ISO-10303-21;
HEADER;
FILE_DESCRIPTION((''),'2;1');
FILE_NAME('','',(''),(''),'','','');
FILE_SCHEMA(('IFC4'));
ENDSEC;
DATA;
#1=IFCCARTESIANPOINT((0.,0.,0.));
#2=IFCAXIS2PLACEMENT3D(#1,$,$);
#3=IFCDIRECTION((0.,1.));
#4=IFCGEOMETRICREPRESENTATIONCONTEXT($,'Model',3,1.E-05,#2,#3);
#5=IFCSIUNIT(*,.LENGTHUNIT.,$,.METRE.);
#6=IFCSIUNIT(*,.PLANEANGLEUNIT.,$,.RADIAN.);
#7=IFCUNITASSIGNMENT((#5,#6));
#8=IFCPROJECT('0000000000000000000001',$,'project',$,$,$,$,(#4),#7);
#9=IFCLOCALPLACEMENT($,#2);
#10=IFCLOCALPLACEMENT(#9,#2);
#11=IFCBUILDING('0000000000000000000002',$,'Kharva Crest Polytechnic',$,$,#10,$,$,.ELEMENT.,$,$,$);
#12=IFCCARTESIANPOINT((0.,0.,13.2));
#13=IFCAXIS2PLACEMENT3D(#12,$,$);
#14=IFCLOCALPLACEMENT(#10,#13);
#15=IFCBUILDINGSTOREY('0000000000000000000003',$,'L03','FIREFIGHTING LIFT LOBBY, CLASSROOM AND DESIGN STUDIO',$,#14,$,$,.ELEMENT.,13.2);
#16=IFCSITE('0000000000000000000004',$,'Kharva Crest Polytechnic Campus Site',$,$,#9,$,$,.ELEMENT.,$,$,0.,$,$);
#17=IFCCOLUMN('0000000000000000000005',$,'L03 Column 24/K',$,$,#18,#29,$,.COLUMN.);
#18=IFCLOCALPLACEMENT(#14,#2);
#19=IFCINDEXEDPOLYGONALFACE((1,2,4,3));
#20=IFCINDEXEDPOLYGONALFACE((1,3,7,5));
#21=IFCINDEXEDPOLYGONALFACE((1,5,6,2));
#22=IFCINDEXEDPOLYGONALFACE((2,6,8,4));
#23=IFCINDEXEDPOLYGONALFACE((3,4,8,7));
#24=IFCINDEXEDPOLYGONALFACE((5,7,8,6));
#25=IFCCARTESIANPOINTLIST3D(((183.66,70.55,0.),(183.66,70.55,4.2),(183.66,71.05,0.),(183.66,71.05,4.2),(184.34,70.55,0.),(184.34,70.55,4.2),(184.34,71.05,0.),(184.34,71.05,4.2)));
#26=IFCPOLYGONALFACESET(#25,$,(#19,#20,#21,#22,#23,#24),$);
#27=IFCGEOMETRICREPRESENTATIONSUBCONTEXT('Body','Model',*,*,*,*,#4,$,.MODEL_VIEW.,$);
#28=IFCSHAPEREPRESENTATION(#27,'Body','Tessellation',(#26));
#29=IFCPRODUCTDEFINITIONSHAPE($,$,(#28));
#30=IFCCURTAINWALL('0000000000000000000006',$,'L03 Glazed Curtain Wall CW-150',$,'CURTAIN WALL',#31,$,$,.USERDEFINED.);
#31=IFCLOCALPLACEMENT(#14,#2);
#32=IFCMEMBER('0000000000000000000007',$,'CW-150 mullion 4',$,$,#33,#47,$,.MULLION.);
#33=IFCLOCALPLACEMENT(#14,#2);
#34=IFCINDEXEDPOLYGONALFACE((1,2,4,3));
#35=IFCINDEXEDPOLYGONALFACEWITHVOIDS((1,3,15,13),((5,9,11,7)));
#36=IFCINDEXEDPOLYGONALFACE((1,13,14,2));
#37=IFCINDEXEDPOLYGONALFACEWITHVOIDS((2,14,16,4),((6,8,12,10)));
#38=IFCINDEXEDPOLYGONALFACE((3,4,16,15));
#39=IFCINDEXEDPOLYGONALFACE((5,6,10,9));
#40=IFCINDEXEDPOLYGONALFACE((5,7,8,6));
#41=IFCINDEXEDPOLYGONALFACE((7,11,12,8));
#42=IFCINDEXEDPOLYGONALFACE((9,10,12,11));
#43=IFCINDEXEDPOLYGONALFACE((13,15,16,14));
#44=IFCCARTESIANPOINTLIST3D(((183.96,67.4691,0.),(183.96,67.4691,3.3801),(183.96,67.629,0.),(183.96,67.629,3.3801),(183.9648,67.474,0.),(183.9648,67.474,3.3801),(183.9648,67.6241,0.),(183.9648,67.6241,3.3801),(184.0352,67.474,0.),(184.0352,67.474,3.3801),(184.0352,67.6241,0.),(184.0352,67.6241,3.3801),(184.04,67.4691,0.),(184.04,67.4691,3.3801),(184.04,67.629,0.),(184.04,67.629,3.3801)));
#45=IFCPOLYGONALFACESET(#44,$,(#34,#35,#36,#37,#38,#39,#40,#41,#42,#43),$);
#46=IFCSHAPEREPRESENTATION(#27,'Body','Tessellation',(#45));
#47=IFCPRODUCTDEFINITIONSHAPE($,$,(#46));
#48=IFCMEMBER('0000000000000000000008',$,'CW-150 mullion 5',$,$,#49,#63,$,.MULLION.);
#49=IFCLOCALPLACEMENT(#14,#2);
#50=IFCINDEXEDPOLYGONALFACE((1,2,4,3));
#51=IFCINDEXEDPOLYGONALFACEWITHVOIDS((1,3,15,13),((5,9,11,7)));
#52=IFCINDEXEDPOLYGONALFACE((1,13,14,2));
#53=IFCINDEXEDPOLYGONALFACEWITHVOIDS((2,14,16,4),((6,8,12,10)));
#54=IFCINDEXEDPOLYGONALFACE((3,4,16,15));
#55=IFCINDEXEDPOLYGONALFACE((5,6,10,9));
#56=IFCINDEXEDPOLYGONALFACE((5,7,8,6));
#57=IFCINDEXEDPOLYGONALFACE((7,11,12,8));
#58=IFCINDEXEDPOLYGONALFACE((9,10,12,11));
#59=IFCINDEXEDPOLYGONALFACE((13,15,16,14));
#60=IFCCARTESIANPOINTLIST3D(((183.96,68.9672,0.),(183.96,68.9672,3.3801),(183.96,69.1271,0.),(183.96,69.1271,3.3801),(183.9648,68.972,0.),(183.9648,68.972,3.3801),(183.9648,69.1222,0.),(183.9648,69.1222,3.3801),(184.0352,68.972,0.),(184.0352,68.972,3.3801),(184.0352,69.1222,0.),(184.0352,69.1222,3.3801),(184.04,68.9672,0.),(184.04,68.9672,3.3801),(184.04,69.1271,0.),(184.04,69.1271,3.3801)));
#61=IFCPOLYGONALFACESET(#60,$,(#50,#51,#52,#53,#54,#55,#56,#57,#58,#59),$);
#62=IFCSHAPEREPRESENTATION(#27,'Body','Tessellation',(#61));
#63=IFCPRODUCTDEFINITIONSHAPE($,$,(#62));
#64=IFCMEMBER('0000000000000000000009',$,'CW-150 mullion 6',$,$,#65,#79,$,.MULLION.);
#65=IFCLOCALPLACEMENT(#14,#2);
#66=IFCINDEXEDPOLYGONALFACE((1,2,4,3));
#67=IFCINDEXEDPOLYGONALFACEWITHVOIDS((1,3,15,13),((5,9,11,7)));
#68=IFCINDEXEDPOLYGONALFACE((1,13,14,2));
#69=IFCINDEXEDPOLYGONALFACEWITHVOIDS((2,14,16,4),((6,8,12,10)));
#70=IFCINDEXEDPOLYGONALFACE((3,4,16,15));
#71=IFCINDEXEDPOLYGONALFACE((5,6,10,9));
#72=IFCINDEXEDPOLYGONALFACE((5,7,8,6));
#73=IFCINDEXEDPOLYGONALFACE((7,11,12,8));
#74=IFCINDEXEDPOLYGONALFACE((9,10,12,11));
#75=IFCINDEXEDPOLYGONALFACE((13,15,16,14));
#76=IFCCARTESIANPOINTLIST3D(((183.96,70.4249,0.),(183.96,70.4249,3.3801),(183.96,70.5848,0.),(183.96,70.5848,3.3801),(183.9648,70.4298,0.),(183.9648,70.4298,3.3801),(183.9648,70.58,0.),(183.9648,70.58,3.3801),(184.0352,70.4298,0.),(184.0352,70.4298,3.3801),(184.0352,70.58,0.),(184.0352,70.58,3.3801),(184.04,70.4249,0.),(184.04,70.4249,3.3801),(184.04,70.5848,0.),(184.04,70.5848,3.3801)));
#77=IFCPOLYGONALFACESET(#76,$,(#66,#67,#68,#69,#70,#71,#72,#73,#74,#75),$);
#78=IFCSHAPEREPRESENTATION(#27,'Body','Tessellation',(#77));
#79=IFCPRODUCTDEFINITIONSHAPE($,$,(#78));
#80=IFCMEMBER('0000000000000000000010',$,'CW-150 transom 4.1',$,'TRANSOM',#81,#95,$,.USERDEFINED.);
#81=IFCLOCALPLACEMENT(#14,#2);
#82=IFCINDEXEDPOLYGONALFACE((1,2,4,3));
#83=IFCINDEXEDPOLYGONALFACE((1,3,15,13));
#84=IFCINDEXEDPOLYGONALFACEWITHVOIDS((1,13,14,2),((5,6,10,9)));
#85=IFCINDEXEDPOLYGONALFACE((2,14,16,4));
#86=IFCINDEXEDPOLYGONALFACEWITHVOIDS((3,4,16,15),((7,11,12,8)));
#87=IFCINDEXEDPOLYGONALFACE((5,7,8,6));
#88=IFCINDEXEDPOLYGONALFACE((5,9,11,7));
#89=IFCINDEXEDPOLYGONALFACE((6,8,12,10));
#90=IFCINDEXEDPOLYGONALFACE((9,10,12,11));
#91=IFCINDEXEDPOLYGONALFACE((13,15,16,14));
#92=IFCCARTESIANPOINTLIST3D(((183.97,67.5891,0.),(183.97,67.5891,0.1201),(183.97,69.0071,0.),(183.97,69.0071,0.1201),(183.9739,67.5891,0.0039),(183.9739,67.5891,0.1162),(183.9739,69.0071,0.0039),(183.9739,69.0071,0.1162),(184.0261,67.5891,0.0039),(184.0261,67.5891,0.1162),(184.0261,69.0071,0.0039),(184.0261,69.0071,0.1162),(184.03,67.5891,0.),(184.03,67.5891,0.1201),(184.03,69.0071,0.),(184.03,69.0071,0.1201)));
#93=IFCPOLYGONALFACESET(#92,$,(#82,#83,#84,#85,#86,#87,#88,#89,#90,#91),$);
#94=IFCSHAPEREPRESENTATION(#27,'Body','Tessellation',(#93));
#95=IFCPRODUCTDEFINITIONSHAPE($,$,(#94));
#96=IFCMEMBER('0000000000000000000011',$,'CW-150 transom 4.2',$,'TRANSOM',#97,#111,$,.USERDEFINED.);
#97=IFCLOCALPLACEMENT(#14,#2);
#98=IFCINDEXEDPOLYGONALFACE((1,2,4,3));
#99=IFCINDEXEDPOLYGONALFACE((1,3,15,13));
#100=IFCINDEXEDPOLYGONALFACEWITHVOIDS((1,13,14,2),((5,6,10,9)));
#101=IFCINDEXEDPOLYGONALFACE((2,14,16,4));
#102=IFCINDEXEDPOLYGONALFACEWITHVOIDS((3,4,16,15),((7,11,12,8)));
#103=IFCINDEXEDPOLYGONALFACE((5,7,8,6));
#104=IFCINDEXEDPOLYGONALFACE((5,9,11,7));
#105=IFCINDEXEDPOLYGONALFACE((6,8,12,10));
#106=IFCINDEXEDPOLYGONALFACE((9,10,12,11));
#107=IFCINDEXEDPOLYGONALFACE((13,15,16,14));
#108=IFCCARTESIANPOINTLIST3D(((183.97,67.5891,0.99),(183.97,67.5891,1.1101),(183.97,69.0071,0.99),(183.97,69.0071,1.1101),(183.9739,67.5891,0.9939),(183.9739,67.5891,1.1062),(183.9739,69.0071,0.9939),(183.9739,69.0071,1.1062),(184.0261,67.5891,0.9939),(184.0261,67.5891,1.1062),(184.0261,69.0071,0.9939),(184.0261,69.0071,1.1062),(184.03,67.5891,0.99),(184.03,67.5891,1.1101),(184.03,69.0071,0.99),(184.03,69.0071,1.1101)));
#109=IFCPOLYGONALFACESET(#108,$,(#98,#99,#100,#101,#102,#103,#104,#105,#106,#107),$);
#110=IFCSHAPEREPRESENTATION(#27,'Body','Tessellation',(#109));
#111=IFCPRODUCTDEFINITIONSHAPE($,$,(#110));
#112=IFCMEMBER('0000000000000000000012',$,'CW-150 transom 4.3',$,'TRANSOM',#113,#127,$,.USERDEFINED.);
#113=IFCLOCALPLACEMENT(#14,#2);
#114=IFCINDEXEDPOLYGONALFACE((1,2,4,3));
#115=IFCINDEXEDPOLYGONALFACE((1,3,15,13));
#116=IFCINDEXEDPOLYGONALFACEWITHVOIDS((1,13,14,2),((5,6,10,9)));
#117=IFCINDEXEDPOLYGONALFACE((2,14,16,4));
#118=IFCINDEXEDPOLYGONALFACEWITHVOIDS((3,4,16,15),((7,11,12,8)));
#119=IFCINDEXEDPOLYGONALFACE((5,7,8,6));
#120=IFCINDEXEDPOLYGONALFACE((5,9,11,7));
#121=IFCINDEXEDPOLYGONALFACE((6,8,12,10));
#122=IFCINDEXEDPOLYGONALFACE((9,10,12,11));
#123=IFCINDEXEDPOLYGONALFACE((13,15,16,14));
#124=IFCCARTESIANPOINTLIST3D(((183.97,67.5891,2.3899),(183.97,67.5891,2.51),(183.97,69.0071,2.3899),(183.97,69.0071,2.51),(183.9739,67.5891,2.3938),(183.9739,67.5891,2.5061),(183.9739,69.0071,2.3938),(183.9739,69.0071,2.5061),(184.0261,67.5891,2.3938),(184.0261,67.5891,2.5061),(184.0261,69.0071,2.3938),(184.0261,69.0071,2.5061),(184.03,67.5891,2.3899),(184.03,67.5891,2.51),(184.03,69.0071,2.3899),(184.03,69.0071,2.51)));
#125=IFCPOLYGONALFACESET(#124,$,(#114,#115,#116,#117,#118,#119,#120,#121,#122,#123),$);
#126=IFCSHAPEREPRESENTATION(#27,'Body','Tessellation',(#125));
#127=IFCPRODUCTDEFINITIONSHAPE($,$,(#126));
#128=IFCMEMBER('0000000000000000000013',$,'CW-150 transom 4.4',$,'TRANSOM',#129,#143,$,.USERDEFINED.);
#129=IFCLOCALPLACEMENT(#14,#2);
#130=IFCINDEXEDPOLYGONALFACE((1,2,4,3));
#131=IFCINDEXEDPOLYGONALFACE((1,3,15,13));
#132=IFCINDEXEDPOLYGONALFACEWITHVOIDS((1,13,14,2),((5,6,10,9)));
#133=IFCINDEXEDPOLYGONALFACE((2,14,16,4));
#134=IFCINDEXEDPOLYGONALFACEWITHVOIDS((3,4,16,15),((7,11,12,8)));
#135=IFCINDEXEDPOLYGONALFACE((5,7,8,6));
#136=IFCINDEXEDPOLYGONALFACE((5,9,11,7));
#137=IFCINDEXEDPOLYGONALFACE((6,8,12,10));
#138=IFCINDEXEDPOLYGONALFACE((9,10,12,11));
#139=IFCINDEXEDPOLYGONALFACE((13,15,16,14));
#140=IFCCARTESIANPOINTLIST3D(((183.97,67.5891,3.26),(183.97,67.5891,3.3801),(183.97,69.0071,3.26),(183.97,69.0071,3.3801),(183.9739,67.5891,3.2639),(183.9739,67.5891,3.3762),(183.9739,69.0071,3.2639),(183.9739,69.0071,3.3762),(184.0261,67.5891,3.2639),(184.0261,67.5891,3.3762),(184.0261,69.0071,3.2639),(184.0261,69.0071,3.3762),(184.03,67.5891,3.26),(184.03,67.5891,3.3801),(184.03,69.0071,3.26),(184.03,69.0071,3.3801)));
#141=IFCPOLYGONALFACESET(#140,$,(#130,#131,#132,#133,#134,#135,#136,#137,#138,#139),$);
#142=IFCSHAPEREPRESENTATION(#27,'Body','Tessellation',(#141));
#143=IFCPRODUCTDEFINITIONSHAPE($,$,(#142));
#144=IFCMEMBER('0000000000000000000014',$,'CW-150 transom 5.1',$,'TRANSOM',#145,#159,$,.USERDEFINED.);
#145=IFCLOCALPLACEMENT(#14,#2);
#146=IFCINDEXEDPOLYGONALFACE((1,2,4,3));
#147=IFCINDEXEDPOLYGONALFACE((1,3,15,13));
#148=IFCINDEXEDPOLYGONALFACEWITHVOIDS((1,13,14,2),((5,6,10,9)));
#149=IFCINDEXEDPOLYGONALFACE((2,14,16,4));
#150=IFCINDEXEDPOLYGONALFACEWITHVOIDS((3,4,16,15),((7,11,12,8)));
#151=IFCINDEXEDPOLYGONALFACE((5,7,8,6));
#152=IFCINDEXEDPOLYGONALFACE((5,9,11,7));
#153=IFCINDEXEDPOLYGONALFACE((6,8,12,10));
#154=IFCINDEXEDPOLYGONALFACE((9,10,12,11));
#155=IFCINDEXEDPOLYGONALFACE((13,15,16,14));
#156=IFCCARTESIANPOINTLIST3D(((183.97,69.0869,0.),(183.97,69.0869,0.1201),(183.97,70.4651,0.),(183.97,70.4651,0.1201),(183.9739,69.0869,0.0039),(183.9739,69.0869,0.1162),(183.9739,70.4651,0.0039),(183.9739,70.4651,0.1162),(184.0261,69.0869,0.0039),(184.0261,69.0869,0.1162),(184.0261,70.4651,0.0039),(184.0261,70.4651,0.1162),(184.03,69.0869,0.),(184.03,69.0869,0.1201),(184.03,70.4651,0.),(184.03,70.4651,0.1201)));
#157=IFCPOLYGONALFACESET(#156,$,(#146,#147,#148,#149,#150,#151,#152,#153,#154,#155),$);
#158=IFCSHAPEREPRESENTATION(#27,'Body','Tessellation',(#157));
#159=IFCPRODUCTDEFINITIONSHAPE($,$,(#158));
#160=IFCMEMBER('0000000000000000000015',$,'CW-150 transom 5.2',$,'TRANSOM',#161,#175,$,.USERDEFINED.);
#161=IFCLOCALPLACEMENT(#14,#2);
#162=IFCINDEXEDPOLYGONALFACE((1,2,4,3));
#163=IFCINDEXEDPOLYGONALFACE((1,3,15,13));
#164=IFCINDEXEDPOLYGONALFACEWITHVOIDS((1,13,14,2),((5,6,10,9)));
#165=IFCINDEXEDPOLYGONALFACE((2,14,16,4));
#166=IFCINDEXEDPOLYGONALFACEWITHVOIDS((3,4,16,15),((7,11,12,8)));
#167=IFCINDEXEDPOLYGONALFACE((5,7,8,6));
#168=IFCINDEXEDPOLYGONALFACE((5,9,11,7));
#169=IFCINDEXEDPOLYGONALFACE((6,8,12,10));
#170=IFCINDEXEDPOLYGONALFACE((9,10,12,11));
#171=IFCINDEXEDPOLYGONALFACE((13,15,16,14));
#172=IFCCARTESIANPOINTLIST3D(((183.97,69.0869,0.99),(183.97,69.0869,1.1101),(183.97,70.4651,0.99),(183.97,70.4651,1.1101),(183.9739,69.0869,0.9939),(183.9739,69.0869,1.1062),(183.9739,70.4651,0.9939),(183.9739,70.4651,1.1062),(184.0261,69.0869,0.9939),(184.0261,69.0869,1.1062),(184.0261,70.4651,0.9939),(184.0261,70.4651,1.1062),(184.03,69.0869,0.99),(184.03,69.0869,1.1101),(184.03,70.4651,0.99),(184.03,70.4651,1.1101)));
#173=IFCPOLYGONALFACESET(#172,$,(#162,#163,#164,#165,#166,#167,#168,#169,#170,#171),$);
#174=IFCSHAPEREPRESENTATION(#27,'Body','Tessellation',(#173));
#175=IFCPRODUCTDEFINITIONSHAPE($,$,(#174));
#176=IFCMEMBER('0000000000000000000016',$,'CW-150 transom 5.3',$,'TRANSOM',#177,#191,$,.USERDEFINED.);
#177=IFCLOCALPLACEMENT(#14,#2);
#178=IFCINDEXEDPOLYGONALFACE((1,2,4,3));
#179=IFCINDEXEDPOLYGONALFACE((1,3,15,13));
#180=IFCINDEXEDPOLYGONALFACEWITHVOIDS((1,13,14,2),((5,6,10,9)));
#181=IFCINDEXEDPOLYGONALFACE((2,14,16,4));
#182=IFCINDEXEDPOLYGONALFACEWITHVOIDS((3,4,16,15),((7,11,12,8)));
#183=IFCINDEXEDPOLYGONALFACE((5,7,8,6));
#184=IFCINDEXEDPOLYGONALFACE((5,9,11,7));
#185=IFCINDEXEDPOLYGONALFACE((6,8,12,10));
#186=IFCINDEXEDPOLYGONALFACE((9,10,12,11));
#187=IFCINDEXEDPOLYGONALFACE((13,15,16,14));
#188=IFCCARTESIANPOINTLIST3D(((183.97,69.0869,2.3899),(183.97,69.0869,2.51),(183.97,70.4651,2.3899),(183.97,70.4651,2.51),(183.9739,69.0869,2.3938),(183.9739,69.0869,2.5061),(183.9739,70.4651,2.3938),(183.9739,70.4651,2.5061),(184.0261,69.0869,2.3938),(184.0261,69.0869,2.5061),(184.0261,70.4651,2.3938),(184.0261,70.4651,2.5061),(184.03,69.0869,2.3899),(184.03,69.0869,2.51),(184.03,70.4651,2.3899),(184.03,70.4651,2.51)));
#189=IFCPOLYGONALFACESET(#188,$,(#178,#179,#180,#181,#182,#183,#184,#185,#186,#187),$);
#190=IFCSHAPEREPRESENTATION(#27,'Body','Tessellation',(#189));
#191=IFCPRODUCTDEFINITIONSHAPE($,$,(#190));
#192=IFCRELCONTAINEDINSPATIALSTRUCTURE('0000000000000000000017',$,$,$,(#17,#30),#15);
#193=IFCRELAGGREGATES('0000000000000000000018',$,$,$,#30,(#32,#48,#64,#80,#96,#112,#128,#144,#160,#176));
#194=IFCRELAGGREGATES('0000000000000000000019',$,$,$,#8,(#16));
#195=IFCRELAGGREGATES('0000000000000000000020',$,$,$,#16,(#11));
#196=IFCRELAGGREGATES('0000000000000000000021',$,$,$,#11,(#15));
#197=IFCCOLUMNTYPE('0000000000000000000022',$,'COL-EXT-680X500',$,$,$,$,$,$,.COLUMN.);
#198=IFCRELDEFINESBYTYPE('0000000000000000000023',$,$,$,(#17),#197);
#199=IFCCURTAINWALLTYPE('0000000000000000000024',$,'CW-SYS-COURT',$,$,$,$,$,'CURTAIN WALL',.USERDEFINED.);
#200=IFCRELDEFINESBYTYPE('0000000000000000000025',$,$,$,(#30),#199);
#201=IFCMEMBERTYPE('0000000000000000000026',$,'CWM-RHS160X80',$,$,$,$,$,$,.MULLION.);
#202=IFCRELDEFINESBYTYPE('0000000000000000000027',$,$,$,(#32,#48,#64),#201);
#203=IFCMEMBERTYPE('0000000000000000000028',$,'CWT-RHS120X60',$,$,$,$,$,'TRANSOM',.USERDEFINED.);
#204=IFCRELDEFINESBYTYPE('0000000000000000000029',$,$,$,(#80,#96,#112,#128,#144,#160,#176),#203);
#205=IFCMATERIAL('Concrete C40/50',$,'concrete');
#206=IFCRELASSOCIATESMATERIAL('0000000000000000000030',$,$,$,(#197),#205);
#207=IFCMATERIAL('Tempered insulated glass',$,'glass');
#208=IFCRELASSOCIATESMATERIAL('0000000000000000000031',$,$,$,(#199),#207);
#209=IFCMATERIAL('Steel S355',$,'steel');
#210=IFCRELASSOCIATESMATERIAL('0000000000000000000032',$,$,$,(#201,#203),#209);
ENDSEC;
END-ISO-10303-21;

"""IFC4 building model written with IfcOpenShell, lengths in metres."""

from ifc_helpers import new_model, si_unit, direction, frame, origin, origin_2d, place, context, subcontext, project, spatial, rectangle, hollow_rectangle, extrude, material, material_profile, profile_set, type_object, element, aggregate, save


model = new_model("IFC4")

# Units and contexts
model_context = context("Model", 3, precision=1e-05, world=origin(), true_north=direction((0.0, 1.0)))
body_context = subcontext(model_context, "Body", "Model", "MODEL_VIEW")
ifc_project = project(units=[si_unit("LENGTHUNIT", "METRE"), si_unit("PLANEANGLEUNIT", "RADIAN")], contexts=[model_context])

# Site, building, storey
site_placement = place(None, origin())
site = spatial("IfcSite", under=ifc_project, at=site_placement, Name="Kharva Crest Polytechnic Campus Site", CompositionType="ELEMENT", RefElevation=0.0)
building_placement = place(site_placement, origin())
building = spatial("IfcBuilding", under=site, at=building_placement, Name="Kharva Crest Polytechnic", CompositionType="ELEMENT")
storey_placement = place(building_placement, frame((0.0, 0.0, 13.2)))
storey = spatial("IfcBuildingStorey", under=building, at=storey_placement, Name="L03", Description="FIREFIGHTING LIFT LOBBY, CLASSROOM AND DESIGN STUDIO", CompositionType="ELEMENT", Elevation=13.2)

# Column
ifc_material_1 = material(Name="Concrete C40/50", Category="concrete")
ifc_material_profile_1 = material_profile(ifc_material_1, rectangle(XDim=0.6799, YDim=0.5, at=origin_2d()), Name="RECT 680 X 500")
ifc_profile_set_1 = profile_set([ifc_material_profile_1], Name="Concrete C40/50")
column_type = type_object("IfcColumnType", Name="COL-EXT-680X500", PredefinedType="COLUMN", material=ifc_profile_set_1)
column_placement = place(storey_placement, frame((184.0, 70.8, 0.0), z_axis=(0.0, 0.0, 1.0), x_axis=(1.0, 0.0, 0.0)))
element("IfcColumn", 1, at=column_placement, inside=storey, type_object=column_type, Name="L03 Column 24/K", PredefinedType="COLUMN", context=body_context, shape_type="SweptSolid", body=[
    extrude(rectangle(XDim=0.6799, YDim=0.5, at=origin_2d()), origin(), (0.0, 0.0, 1.0), 4.2),
])

# Curtain wall, members
ifc_material_2 = material(Name="Tempered insulated glass", Category="glass")
curtain_wall_type = type_object("IfcCurtainWallType", Name="CW-SYS-COURT", ElementType="CURTAIN WALL", PredefinedType="USERDEFINED", material=ifc_material_2)
curtain_wall_placement = place(storey_placement, origin())
curtain_wall = element("IfcCurtainWall", 2, at=curtain_wall_placement, inside=storey, type_object=curtain_wall_type, Name="L03 Glazed Curtain Wall CW-150", ObjectType="CURTAIN WALL", PredefinedType="USERDEFINED")
ifc_material_3 = material(Name="Steel S355", Category="steel")
ifc_material_profile_2 = material_profile(ifc_material_3, hollow_rectangle(XDim=0.0801, YDim=0.1599, WallThickness=0.0049, at=origin_2d()), Name="RHS 160X80X5.0")
ifc_profile_set_2 = profile_set([ifc_material_profile_2], Name="Steel S355")
member_type_1 = type_object("IfcMemberType", Name="CWM-RHS160X80", PredefinedType="MULLION", material=ifc_profile_set_2)
member_1_placement = place(storey_placement, frame((184.0, 67.5491, 0.0), z_axis=(0.0, 0.0, 1.0), x_axis=(-1.0, 0.0, 0.0)))
member_1 = element("IfcMember", 3, at=member_1_placement, type_object=member_type_1, Name="CW-150 mullion 4", PredefinedType="MULLION", context=body_context, shape_type="SweptSolid", body=[
    extrude(hollow_rectangle(XDim=0.0801, YDim=0.1599, WallThickness=0.0049, at=origin_2d()), origin(), (0.0, 0.0, 1.0), 3.3801),
])
member_2_placement = place(storey_placement, frame((184.0, 69.0471, 0.0), z_axis=(0.0, 0.0, 1.0), x_axis=(-1.0, 0.0, 0.0)))
member_2 = element("IfcMember", 4, at=member_2_placement, type_object=member_type_1, Name="CW-150 mullion 5", PredefinedType="MULLION", context=body_context, shape_type="SweptSolid", body=[
    extrude(hollow_rectangle(XDim=0.0801, YDim=0.1599, WallThickness=0.0049, at=origin_2d()), origin(), (0.0, 0.0, 1.0), 3.3801),
])
member_3_placement = place(storey_placement, frame((184.0, 70.5049, 0.0), z_axis=(0.0, 0.0, 1.0), x_axis=(-1.0, 0.0, 0.0)))
member_3 = element("IfcMember", 5, at=member_3_placement, type_object=member_type_1, Name="CW-150 mullion 6", PredefinedType="MULLION", context=body_context, shape_type="SweptSolid", body=[
    extrude(hollow_rectangle(XDim=0.0801, YDim=0.1599, WallThickness=0.0049, at=origin_2d()), origin(), (0.0, 0.0, 1.0), 3.3801),
])
ifc_material_profile_3 = material_profile(ifc_material_3, hollow_rectangle(XDim=0.0601, YDim=0.1201, WallThickness=0.0039, at=origin_2d()), Name="RHS 120X60X4.0")
ifc_profile_set_3 = profile_set([ifc_material_profile_3], Name="Steel S355")
member_type_2 = type_object("IfcMemberType", Name="CWT-RHS120X60", ElementType="TRANSOM", PredefinedType="USERDEFINED", material=ifc_profile_set_3)
member_4_placement = place(storey_placement, frame((184.0, 67.5891, 0.0601), z_axis=(0.0, 1.0, 0.0), x_axis=(-1.0, 0.0, 0.0)))
member_4 = element("IfcMember", 6, at=member_4_placement, type_object=member_type_2, Name="CW-150 transom 4.1", ObjectType="TRANSOM", PredefinedType="USERDEFINED", context=body_context, shape_type="SweptSolid", body=[
    extrude(hollow_rectangle(XDim=0.0601, YDim=0.1201, WallThickness=0.0039, at=origin_2d()), origin(), (0.0, 0.0, 1.0), 1.418),
])
member_5_placement = place(storey_placement, frame((184.0, 67.5891, 1.05), z_axis=(0.0, 1.0, 0.0), x_axis=(-1.0, 0.0, 0.0)))
member_5 = element("IfcMember", 7, at=member_5_placement, type_object=member_type_2, Name="CW-150 transom 4.2", ObjectType="TRANSOM", PredefinedType="USERDEFINED", context=body_context, shape_type="SweptSolid", body=[
    extrude(hollow_rectangle(XDim=0.0601, YDim=0.1201, WallThickness=0.0039, at=origin_2d()), origin(), (0.0, 0.0, 1.0), 1.418),
])
member_6_placement = place(storey_placement, frame((184.0, 67.5891, 2.45), z_axis=(0.0, 1.0, 0.0), x_axis=(-1.0, 0.0, 0.0)))
member_6 = element("IfcMember", 8, at=member_6_placement, type_object=member_type_2, Name="CW-150 transom 4.3", ObjectType="TRANSOM", PredefinedType="USERDEFINED", context=body_context, shape_type="SweptSolid", body=[
    extrude(hollow_rectangle(XDim=0.0601, YDim=0.1201, WallThickness=0.0039, at=origin_2d()), origin(), (0.0, 0.0, 1.0), 1.418),
])
member_7_placement = place(storey_placement, frame((184.0, 67.5891, 3.3201), z_axis=(0.0, 1.0, 0.0), x_axis=(-1.0, 0.0, 0.0)))
member_7 = element("IfcMember", 9, at=member_7_placement, type_object=member_type_2, Name="CW-150 transom 4.4", ObjectType="TRANSOM", PredefinedType="USERDEFINED", context=body_context, shape_type="SweptSolid", body=[
    extrude(hollow_rectangle(XDim=0.0601, YDim=0.1201, WallThickness=0.0039, at=origin_2d()), origin(), (0.0, 0.0, 1.0), 1.418),
])
member_8_placement = place(storey_placement, frame((184.0, 69.0869, 0.0601), z_axis=(0.0, 1.0, 0.0), x_axis=(-1.0, 0.0, 0.0)))
member_8 = element("IfcMember", 10, at=member_8_placement, type_object=member_type_2, Name="CW-150 transom 5.1", ObjectType="TRANSOM", PredefinedType="USERDEFINED", context=body_context, shape_type="SweptSolid", body=[
    extrude(hollow_rectangle(XDim=0.0601, YDim=0.1201, WallThickness=0.0039, at=origin_2d()), origin(), (0.0, 0.0, 1.0), 1.3782),
])
member_9_placement = place(storey_placement, frame((184.0, 69.0869, 1.05), z_axis=(0.0, 1.0, 0.0), x_axis=(-1.0, 0.0, 0.0)))
member_9 = element("IfcMember", 11, at=member_9_placement, type_object=member_type_2, Name="CW-150 transom 5.2", ObjectType="TRANSOM", PredefinedType="USERDEFINED", context=body_context, shape_type="SweptSolid", body=[
    extrude(hollow_rectangle(XDim=0.0601, YDim=0.1201, WallThickness=0.0039, at=origin_2d()), origin(), (0.0, 0.0, 1.0), 1.3782),
])
member_10_placement = place(storey_placement, frame((184.0, 69.0869, 2.45), z_axis=(0.0, 1.0, 0.0), x_axis=(-1.0, 0.0, 0.0)))
member_10 = element("IfcMember", 12, at=member_10_placement, type_object=member_type_2, Name="CW-150 transom 5.3", ObjectType="TRANSOM", PredefinedType="USERDEFINED", context=body_context, shape_type="SweptSolid", body=[
    extrude(hollow_rectangle(XDim=0.0601, YDim=0.1201, WallThickness=0.0039, at=origin_2d()), origin(), (0.0, 0.0, 1.0), 1.3782),
])
aggregate(curtain_wall, [member_1, member_2, member_3, member_4, member_5, member_6, member_7, member_8, member_9, member_10])

save(model, "model.ifc")
